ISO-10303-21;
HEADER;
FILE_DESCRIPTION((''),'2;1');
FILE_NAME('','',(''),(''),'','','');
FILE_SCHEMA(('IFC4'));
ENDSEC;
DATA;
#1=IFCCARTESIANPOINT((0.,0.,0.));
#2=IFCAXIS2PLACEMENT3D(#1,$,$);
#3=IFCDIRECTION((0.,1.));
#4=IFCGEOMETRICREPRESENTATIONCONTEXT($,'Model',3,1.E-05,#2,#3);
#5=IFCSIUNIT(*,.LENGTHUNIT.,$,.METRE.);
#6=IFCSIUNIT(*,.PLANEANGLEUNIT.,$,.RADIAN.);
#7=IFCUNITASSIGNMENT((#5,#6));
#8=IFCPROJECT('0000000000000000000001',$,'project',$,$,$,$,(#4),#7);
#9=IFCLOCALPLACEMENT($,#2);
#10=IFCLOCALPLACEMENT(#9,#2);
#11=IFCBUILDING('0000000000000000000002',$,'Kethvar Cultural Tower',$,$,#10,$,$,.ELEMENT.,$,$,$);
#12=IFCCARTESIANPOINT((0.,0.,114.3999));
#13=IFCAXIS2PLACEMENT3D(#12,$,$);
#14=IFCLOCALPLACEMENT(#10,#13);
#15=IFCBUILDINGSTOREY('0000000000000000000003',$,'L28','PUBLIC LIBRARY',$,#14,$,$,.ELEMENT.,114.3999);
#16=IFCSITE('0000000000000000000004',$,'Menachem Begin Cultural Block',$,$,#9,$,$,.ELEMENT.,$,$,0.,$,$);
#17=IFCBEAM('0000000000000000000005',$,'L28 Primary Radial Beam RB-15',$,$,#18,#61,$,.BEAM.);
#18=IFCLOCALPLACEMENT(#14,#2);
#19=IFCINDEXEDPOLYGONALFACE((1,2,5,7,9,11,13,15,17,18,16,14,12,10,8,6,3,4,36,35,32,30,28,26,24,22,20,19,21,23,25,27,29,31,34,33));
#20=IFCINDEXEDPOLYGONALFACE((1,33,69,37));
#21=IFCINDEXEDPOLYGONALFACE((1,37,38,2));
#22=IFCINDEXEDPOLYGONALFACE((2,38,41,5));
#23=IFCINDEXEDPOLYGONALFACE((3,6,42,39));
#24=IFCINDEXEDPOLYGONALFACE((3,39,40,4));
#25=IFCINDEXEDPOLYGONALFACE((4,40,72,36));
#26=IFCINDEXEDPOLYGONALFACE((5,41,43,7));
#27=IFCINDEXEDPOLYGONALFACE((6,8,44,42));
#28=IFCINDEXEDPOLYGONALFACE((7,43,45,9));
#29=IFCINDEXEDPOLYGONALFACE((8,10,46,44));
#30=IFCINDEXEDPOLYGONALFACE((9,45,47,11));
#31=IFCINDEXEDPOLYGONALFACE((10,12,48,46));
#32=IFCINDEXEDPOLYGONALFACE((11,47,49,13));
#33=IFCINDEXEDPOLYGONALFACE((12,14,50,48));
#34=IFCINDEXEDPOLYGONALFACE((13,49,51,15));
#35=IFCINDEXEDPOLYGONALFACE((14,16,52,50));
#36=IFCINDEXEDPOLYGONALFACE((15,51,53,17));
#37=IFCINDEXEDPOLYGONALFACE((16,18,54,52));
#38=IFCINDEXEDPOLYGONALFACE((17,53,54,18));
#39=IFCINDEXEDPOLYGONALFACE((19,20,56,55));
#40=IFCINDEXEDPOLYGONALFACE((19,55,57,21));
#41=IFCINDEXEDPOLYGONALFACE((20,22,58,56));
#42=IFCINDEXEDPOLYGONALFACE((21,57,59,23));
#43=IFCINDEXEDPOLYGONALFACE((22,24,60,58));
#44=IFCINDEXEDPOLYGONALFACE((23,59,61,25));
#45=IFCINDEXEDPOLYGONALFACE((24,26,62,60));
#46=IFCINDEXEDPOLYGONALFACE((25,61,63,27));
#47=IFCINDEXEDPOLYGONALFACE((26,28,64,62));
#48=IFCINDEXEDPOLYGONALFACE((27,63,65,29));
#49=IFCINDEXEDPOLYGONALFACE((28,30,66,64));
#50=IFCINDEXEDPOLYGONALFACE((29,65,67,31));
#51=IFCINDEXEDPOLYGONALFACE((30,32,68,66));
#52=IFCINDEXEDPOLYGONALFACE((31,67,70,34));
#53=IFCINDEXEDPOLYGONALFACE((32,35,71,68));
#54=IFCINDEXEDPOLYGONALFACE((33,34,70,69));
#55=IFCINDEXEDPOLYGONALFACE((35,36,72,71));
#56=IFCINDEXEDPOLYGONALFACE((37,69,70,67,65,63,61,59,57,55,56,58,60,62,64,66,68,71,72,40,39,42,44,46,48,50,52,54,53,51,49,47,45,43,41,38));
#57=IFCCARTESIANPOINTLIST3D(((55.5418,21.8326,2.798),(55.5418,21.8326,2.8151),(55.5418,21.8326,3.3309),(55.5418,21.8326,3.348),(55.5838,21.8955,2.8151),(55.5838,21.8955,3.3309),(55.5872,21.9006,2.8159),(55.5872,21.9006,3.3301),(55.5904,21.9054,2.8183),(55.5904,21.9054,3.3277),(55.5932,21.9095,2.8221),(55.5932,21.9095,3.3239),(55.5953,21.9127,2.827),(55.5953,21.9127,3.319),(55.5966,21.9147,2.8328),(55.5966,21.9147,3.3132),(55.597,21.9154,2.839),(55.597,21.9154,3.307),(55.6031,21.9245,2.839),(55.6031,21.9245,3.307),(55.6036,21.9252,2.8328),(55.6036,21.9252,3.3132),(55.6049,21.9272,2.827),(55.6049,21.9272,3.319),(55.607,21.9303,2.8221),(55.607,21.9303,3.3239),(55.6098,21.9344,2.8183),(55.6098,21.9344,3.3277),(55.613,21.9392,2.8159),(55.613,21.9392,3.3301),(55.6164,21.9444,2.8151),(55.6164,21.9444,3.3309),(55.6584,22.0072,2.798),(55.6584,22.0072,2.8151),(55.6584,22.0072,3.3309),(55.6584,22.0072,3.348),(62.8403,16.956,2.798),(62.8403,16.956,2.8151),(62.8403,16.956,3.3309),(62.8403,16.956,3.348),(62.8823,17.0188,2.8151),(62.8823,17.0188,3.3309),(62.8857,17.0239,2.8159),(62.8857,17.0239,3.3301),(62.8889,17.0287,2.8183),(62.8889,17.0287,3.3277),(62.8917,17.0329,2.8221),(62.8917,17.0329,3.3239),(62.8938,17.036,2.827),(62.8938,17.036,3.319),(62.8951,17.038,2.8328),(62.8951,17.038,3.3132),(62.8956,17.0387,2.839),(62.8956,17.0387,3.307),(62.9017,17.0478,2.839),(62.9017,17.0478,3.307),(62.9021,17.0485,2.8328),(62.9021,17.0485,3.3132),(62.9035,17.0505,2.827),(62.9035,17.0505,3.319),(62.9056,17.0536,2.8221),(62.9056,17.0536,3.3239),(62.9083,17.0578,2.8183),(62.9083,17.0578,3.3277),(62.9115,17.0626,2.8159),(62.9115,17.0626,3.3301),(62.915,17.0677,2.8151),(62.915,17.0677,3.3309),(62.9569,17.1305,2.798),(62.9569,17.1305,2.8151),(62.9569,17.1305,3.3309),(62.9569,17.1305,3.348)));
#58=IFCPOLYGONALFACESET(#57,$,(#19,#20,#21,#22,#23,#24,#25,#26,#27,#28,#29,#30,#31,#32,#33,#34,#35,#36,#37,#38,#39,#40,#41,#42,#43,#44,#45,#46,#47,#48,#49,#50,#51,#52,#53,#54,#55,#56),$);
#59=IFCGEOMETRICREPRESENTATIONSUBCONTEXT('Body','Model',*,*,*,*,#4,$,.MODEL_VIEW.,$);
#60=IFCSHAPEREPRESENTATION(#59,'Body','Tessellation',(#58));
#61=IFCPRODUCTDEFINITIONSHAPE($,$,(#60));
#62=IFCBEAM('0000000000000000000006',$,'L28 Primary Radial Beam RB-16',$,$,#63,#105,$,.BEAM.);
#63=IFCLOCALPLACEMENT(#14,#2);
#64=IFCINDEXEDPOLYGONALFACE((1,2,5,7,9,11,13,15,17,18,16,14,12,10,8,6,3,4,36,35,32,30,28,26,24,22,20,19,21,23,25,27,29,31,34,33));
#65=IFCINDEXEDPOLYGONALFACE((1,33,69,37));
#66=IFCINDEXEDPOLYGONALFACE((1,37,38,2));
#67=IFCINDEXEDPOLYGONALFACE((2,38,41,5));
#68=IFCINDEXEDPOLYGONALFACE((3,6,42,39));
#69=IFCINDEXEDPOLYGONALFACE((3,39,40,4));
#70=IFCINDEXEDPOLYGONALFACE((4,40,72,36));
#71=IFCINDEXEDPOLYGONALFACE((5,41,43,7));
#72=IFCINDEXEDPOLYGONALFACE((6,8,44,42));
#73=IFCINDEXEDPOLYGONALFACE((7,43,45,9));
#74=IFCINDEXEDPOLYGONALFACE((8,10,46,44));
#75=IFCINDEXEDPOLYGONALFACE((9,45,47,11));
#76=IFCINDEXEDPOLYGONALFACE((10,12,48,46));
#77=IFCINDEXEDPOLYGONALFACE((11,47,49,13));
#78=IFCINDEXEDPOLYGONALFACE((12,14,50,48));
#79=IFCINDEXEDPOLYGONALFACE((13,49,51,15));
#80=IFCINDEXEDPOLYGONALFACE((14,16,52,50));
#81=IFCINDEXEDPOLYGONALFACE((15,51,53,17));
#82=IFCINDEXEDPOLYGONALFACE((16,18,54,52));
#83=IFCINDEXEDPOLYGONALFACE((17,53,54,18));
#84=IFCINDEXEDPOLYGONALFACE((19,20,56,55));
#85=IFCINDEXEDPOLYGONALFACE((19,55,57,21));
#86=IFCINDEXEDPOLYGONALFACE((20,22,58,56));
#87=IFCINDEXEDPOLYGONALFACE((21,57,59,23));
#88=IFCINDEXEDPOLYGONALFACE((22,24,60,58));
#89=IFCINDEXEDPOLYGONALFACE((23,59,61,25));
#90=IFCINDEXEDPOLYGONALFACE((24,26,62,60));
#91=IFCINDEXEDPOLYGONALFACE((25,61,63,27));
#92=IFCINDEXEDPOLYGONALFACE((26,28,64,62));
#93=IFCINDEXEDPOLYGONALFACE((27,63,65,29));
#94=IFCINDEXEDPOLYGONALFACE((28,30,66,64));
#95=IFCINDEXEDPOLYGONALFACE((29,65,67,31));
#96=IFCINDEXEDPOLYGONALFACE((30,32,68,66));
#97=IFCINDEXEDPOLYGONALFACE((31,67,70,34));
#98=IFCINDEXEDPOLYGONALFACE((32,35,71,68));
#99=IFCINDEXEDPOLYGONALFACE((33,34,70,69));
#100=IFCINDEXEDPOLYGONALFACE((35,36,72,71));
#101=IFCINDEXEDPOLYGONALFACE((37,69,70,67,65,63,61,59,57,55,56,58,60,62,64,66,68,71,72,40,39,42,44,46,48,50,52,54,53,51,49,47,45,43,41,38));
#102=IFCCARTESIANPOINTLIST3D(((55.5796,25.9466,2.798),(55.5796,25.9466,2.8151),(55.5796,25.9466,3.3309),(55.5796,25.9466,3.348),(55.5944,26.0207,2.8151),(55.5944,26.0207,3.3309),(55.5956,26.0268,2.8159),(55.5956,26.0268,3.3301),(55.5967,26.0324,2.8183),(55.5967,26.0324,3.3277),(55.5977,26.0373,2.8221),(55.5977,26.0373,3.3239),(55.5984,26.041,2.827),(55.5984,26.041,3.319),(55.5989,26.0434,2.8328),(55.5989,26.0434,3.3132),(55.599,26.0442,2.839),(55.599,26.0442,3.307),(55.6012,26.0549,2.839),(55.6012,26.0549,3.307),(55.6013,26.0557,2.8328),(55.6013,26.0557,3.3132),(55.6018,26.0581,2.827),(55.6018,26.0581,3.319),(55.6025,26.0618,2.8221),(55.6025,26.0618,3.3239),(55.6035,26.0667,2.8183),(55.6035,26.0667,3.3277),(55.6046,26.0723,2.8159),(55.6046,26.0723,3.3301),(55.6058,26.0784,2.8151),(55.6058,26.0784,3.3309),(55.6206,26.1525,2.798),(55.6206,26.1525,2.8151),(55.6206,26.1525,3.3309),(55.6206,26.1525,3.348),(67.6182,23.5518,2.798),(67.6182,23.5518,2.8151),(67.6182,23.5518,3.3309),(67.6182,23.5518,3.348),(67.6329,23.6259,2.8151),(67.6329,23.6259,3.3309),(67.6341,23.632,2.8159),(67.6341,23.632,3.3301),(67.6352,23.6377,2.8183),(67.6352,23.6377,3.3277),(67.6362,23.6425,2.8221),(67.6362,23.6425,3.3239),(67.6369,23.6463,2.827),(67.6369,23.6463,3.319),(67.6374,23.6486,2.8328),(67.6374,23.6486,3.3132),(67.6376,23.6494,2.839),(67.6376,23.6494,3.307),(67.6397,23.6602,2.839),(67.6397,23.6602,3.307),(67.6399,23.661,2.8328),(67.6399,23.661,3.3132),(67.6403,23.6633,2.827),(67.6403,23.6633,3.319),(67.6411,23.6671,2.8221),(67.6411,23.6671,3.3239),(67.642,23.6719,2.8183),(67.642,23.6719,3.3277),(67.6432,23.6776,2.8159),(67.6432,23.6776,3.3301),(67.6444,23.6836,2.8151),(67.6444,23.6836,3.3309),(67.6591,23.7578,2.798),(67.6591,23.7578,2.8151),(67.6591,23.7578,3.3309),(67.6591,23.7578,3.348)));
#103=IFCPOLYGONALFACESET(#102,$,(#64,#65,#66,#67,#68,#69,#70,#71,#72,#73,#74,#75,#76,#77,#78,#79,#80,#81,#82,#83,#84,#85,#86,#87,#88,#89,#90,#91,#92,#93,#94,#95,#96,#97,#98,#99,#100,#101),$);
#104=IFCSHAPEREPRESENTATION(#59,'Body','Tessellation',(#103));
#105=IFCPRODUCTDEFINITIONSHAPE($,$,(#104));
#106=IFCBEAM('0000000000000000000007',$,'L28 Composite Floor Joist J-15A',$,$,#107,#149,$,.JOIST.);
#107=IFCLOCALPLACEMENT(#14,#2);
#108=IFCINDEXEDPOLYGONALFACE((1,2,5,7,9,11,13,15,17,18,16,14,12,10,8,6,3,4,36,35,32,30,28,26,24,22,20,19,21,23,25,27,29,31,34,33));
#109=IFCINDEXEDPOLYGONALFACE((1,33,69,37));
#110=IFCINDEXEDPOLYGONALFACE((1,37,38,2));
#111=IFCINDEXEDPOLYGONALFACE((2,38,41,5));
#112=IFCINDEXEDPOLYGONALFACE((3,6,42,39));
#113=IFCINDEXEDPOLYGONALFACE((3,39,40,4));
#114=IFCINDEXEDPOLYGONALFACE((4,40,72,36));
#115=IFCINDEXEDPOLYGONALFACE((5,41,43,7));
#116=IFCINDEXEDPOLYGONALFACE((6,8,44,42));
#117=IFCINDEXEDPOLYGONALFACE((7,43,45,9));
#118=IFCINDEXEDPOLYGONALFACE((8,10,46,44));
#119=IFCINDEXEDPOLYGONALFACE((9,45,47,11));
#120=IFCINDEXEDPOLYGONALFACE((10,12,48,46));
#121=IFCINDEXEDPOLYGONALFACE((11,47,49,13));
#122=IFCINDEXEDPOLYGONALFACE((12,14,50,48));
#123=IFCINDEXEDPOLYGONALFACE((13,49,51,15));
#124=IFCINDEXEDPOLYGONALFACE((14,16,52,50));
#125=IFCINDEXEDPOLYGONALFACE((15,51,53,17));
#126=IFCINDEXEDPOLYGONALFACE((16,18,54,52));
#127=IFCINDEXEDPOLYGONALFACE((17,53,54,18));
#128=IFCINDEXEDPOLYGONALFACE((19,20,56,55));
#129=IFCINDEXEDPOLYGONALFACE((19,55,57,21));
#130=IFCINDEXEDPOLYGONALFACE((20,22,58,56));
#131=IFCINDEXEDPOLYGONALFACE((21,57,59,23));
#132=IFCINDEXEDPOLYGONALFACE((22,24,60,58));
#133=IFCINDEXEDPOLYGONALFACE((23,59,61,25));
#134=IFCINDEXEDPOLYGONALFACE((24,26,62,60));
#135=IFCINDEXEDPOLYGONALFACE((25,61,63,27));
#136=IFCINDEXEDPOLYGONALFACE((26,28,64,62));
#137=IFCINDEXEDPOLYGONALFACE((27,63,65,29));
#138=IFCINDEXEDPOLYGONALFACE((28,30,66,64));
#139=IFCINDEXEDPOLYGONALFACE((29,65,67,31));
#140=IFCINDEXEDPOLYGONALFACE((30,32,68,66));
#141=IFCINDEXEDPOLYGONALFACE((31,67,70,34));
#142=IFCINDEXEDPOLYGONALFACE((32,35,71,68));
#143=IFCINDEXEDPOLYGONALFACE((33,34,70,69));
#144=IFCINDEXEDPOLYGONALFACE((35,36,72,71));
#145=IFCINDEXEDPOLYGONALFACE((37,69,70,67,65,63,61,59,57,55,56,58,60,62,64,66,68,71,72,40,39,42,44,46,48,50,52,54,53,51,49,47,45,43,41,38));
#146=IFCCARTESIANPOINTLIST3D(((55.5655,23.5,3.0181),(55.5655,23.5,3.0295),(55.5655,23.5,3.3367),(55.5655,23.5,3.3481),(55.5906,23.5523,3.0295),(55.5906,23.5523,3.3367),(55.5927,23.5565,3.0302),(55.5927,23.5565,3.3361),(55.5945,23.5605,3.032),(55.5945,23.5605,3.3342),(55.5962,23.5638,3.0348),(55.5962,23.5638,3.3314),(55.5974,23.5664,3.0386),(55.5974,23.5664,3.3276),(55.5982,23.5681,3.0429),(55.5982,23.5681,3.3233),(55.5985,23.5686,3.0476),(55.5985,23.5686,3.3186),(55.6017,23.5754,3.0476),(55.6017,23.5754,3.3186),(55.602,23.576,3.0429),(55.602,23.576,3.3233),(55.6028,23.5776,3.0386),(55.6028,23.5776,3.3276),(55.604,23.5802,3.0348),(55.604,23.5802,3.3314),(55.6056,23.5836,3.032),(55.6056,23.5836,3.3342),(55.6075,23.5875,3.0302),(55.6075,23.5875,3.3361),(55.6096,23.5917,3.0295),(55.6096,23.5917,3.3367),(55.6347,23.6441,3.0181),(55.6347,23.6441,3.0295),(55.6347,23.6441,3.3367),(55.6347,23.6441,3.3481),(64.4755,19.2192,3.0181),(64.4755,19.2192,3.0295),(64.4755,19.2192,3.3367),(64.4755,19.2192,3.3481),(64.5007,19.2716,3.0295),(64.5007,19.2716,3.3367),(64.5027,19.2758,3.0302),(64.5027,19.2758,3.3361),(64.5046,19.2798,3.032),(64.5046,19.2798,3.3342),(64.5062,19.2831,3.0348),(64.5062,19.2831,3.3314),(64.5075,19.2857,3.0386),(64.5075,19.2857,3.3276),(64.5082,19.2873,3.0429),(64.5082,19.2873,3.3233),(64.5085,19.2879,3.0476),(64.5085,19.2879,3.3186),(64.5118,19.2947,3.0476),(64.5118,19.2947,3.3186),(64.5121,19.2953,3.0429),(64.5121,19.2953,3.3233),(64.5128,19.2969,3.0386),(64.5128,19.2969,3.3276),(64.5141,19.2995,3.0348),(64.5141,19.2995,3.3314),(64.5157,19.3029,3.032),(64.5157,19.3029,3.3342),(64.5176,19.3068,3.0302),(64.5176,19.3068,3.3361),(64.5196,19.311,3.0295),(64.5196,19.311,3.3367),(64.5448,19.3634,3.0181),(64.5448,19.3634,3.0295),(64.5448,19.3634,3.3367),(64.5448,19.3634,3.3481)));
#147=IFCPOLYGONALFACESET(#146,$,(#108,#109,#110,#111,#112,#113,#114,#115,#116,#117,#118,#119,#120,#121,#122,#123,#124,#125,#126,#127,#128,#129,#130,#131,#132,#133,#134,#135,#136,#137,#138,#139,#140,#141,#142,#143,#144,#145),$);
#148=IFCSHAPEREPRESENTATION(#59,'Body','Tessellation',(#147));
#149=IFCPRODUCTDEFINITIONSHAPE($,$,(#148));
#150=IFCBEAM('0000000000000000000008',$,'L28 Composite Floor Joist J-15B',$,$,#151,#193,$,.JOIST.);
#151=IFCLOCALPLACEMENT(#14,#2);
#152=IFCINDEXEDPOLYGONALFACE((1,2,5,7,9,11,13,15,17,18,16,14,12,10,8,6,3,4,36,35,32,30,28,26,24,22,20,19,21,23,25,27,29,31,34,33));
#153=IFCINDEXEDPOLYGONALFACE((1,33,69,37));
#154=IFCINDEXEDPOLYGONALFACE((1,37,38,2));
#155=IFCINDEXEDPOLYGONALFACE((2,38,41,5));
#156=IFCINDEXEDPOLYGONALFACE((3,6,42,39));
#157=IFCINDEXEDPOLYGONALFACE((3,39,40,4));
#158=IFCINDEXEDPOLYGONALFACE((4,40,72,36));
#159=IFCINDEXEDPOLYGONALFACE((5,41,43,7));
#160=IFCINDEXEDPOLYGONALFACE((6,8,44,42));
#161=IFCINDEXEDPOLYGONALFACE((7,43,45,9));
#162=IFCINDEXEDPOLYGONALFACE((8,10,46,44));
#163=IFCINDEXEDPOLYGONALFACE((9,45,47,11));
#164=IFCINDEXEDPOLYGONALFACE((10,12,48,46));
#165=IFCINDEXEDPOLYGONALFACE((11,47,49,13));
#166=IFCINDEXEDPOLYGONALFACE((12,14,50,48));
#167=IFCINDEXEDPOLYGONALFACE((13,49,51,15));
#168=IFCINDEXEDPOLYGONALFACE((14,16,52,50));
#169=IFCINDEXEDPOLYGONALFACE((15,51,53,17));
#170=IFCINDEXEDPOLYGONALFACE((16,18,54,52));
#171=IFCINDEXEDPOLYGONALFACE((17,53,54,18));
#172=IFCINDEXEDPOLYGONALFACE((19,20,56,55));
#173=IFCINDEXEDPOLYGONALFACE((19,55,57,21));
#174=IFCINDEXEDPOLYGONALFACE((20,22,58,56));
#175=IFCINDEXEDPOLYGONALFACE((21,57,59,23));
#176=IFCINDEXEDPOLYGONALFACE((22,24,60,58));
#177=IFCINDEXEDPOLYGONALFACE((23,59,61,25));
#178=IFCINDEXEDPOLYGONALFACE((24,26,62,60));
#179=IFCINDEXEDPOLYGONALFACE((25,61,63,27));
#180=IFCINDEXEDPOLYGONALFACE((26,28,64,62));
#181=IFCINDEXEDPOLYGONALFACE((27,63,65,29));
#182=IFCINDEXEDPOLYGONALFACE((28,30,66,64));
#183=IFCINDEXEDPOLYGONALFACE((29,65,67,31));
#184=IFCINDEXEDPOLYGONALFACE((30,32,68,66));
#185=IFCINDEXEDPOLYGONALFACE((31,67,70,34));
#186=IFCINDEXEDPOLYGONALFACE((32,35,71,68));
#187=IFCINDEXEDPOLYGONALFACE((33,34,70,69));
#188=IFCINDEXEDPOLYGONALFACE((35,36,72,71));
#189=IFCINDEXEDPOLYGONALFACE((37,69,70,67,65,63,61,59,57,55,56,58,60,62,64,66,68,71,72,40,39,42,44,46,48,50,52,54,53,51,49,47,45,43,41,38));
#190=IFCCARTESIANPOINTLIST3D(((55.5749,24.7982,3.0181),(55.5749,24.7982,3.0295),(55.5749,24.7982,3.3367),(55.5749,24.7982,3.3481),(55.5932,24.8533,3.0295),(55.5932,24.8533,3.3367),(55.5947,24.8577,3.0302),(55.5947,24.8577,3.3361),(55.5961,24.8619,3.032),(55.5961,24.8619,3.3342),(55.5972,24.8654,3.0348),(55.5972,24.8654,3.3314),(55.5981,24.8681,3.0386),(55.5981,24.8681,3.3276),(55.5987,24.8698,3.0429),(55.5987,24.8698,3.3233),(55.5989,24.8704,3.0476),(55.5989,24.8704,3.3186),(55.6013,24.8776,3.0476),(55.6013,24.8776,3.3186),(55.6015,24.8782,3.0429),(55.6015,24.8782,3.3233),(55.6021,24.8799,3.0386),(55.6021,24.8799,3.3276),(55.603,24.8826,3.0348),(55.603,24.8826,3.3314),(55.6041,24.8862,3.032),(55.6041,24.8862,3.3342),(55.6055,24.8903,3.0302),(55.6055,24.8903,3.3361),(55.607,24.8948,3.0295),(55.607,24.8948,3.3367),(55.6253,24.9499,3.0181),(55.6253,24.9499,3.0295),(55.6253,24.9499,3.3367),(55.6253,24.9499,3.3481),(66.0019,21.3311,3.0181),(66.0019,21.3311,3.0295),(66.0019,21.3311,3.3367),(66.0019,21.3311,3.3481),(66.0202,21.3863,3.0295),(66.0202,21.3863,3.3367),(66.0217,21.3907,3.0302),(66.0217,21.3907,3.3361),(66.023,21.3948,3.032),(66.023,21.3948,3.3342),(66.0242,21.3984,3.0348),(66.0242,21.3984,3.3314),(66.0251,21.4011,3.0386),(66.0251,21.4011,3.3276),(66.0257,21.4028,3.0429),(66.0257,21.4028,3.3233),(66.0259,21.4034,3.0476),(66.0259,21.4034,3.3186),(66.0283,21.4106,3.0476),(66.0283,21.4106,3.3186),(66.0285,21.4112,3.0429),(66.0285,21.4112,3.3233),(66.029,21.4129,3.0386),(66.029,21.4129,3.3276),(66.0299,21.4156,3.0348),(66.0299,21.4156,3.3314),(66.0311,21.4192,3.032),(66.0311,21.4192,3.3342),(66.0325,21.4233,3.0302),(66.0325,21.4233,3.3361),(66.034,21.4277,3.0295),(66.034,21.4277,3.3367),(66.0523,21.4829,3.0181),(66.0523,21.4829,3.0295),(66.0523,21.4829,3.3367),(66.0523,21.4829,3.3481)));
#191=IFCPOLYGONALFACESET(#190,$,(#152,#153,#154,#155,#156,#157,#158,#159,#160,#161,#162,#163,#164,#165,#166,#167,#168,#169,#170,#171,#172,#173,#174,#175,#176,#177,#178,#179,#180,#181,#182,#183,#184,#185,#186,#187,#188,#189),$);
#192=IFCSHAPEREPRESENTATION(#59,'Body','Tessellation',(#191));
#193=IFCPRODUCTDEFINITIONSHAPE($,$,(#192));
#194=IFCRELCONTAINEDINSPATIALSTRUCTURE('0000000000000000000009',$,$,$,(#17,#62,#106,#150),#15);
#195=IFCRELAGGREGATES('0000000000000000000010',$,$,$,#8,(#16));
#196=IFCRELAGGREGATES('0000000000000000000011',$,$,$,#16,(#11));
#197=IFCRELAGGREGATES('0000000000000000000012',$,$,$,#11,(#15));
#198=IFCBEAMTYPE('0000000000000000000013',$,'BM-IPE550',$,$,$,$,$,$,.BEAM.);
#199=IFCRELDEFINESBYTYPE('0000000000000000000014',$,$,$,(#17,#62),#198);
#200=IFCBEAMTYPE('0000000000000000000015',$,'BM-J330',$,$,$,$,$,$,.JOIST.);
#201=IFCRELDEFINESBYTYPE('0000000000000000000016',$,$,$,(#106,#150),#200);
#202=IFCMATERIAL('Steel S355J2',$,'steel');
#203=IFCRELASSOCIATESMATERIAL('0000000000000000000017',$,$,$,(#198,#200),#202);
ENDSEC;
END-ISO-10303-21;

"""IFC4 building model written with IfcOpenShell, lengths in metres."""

from ifc_helpers import new_model, si_unit, direction, frame, origin, origin_2d, place, context, subcontext, project, spatial, i_section, extrude, source, transform, mapped, material, material_profile, profile_set, type_object, element, save


model = new_model("IFC4")

# Units and contexts
model_context = context("Model", 3, precision=1e-05, world=origin(), true_north=direction((0.0, 1.0)))
body_context = subcontext(model_context, "Body", "Model", "MODEL_VIEW")
ifc_project = project(units=[si_unit("LENGTHUNIT", "METRE"), si_unit("PLANEANGLEUNIT", "RADIAN")], contexts=[model_context])

# Site, building, storey
site_placement = place(None, origin())
site = spatial("IfcSite", under=ifc_project, at=site_placement, Name="Menachem Begin Cultural Block", CompositionType="ELEMENT", RefElevation=0.0)
building_placement = place(site_placement, origin())
building = spatial("IfcBuilding", under=site, at=building_placement, Name="Kethvar Cultural Tower", CompositionType="ELEMENT")
storey_placement = place(building_placement, frame((0.0, 0.0, 114.3999)))
storey = spatial("IfcBuildingStorey", under=building, at=storey_placement, Name="L28", Description="PUBLIC LIBRARY", CompositionType="ELEMENT", Elevation=114.3999)

# Beams
ifc_material_1 = material(Name="Steel S355J2", Category="steel")
ifc_material_profile_1 = material_profile(ifc_material_1, i_section(OverallWidth=0.21, OverallDepth=0.55, WebThickness=0.011, FlangeThickness=0.0171, FilletRadius=0.0239, at=origin_2d()), Name="Steel S355J2 — IPE550")
ifc_profile_set_1 = profile_set([ifc_material_profile_1], Name="Steel S355J2 — IPE550")
beam_type_1 = type_object("IfcBeamType", Name="BM-IPE550", PredefinedType="BEAM", material=ifc_profile_set_1)
shared_shape_1 = source(origin(), body_context, "Body", "SweptSolid", [
    extrude(i_section(OverallWidth=0.21, OverallDepth=0.55, WebThickness=0.011, FlangeThickness=0.0171, FilletRadius=0.0239, at=origin_2d()), origin(), (0.0, 0.0, 1.0), 8.7778),
])
beam_1_placement = place(storey_placement, frame((55.6001, 21.9199, 3.073), z_axis=(0.831472, -0.555566, 0.0), x_axis=(0.555566, 0.831472, 0.0)))
element("IfcBeam", 1, at=beam_1_placement, inside=storey, type_object=beam_type_1, Name="L28 Primary Radial Beam RB-15", PredefinedType="BEAM", context=body_context, shape_type="MappedRepresentation", body=[
    mapped(shared_shape_1, transform((0.0, 0.0, 0.0), scale=1.0)),
])
shared_shape_2 = source(origin(), body_context, "Body", "SweptSolid", [
    extrude(i_section(OverallWidth=0.21, OverallDepth=0.55, WebThickness=0.011, FlangeThickness=0.0171, FilletRadius=0.0239, at=origin_2d()), origin(), (0.0, 0.0, 1.0), 12.2744),
])
beam_2_placement = place(storey_placement, frame((55.6001, 26.0496, 3.073), z_axis=(0.980783, -0.195102, 0.0), x_axis=(0.195102, 0.980783, 0.0)))
element("IfcBeam", 2, at=beam_2_placement, inside=storey, type_object=beam_type_1, Name="L28 Primary Radial Beam RB-16", PredefinedType="BEAM", context=body_context, shape_type="MappedRepresentation", body=[
    mapped(shared_shape_2, transform((0.0, 0.0, 0.0), scale=1.0)),
])
ifc_material_profile_2 = material_profile(ifc_material_1, i_section(OverallWidth=0.1599, OverallDepth=0.3301, WebThickness=0.0076, FlangeThickness=0.0115, FilletRadius=0.0181, at=origin_2d()), Name="Steel S355J2 — IPE330")
ifc_profile_set_2 = profile_set([ifc_material_profile_2], Name="Steel S355J2 — IPE330")
beam_type_2 = type_object("IfcBeamType", Name="BM-J330", PredefinedType="JOIST", material=ifc_profile_set_2)
shared_shape_3 = source(origin(), body_context, "Body", "SweptSolid", [
    extrude(i_section(OverallWidth=0.1599, OverallDepth=0.3301, WebThickness=0.0076, FlangeThickness=0.0115, FilletRadius=0.0181, at=origin_2d()), origin(), (0.0, 0.0, 1.0), 9.885),
])
beam_3_placement = place(storey_placement, frame((55.6001, 23.572, 3.1831), z_axis=(0.90137, -0.433051, 0.0), x_axis=(0.433051, 0.90137, 0.0)))
element("IfcBeam", 3, at=beam_3_placement, inside=storey, type_object=beam_type_2, Name="L28 Composite Floor Joist J-15A", PredefinedType="JOIST", context=body_context, shape_type="MappedRepresentation", body=[
    mapped(shared_shape_3, transform((0.0, 0.0, 0.0), scale=1.0)),
])
shared_shape_4 = source(origin(), body_context, "Body", "SweptSolid", [
    extrude(i_section(OverallWidth=0.1599, OverallDepth=0.3301, WebThickness=0.0076, FlangeThickness=0.0115, FilletRadius=0.0181, at=origin_2d()), origin(), (0.0, 0.0, 1.0), 10.9883),
])
beam_4_placement = place(storey_placement, frame((55.6001, 24.874, 3.1831), z_axis=(0.948919, -0.315521, 0.0), x_axis=(0.315521, 0.948919, 0.0)))
element("IfcBeam", 4, at=beam_4_placement, inside=storey, type_object=beam_type_2, Name="L28 Composite Floor Joist J-15B", PredefinedType="JOIST", context=body_context, shape_type="MappedRepresentation", body=[
    mapped(shared_shape_4, transform((0.0, 0.0, 0.0), scale=1.0)),
])

save(model, "model.ifc")
